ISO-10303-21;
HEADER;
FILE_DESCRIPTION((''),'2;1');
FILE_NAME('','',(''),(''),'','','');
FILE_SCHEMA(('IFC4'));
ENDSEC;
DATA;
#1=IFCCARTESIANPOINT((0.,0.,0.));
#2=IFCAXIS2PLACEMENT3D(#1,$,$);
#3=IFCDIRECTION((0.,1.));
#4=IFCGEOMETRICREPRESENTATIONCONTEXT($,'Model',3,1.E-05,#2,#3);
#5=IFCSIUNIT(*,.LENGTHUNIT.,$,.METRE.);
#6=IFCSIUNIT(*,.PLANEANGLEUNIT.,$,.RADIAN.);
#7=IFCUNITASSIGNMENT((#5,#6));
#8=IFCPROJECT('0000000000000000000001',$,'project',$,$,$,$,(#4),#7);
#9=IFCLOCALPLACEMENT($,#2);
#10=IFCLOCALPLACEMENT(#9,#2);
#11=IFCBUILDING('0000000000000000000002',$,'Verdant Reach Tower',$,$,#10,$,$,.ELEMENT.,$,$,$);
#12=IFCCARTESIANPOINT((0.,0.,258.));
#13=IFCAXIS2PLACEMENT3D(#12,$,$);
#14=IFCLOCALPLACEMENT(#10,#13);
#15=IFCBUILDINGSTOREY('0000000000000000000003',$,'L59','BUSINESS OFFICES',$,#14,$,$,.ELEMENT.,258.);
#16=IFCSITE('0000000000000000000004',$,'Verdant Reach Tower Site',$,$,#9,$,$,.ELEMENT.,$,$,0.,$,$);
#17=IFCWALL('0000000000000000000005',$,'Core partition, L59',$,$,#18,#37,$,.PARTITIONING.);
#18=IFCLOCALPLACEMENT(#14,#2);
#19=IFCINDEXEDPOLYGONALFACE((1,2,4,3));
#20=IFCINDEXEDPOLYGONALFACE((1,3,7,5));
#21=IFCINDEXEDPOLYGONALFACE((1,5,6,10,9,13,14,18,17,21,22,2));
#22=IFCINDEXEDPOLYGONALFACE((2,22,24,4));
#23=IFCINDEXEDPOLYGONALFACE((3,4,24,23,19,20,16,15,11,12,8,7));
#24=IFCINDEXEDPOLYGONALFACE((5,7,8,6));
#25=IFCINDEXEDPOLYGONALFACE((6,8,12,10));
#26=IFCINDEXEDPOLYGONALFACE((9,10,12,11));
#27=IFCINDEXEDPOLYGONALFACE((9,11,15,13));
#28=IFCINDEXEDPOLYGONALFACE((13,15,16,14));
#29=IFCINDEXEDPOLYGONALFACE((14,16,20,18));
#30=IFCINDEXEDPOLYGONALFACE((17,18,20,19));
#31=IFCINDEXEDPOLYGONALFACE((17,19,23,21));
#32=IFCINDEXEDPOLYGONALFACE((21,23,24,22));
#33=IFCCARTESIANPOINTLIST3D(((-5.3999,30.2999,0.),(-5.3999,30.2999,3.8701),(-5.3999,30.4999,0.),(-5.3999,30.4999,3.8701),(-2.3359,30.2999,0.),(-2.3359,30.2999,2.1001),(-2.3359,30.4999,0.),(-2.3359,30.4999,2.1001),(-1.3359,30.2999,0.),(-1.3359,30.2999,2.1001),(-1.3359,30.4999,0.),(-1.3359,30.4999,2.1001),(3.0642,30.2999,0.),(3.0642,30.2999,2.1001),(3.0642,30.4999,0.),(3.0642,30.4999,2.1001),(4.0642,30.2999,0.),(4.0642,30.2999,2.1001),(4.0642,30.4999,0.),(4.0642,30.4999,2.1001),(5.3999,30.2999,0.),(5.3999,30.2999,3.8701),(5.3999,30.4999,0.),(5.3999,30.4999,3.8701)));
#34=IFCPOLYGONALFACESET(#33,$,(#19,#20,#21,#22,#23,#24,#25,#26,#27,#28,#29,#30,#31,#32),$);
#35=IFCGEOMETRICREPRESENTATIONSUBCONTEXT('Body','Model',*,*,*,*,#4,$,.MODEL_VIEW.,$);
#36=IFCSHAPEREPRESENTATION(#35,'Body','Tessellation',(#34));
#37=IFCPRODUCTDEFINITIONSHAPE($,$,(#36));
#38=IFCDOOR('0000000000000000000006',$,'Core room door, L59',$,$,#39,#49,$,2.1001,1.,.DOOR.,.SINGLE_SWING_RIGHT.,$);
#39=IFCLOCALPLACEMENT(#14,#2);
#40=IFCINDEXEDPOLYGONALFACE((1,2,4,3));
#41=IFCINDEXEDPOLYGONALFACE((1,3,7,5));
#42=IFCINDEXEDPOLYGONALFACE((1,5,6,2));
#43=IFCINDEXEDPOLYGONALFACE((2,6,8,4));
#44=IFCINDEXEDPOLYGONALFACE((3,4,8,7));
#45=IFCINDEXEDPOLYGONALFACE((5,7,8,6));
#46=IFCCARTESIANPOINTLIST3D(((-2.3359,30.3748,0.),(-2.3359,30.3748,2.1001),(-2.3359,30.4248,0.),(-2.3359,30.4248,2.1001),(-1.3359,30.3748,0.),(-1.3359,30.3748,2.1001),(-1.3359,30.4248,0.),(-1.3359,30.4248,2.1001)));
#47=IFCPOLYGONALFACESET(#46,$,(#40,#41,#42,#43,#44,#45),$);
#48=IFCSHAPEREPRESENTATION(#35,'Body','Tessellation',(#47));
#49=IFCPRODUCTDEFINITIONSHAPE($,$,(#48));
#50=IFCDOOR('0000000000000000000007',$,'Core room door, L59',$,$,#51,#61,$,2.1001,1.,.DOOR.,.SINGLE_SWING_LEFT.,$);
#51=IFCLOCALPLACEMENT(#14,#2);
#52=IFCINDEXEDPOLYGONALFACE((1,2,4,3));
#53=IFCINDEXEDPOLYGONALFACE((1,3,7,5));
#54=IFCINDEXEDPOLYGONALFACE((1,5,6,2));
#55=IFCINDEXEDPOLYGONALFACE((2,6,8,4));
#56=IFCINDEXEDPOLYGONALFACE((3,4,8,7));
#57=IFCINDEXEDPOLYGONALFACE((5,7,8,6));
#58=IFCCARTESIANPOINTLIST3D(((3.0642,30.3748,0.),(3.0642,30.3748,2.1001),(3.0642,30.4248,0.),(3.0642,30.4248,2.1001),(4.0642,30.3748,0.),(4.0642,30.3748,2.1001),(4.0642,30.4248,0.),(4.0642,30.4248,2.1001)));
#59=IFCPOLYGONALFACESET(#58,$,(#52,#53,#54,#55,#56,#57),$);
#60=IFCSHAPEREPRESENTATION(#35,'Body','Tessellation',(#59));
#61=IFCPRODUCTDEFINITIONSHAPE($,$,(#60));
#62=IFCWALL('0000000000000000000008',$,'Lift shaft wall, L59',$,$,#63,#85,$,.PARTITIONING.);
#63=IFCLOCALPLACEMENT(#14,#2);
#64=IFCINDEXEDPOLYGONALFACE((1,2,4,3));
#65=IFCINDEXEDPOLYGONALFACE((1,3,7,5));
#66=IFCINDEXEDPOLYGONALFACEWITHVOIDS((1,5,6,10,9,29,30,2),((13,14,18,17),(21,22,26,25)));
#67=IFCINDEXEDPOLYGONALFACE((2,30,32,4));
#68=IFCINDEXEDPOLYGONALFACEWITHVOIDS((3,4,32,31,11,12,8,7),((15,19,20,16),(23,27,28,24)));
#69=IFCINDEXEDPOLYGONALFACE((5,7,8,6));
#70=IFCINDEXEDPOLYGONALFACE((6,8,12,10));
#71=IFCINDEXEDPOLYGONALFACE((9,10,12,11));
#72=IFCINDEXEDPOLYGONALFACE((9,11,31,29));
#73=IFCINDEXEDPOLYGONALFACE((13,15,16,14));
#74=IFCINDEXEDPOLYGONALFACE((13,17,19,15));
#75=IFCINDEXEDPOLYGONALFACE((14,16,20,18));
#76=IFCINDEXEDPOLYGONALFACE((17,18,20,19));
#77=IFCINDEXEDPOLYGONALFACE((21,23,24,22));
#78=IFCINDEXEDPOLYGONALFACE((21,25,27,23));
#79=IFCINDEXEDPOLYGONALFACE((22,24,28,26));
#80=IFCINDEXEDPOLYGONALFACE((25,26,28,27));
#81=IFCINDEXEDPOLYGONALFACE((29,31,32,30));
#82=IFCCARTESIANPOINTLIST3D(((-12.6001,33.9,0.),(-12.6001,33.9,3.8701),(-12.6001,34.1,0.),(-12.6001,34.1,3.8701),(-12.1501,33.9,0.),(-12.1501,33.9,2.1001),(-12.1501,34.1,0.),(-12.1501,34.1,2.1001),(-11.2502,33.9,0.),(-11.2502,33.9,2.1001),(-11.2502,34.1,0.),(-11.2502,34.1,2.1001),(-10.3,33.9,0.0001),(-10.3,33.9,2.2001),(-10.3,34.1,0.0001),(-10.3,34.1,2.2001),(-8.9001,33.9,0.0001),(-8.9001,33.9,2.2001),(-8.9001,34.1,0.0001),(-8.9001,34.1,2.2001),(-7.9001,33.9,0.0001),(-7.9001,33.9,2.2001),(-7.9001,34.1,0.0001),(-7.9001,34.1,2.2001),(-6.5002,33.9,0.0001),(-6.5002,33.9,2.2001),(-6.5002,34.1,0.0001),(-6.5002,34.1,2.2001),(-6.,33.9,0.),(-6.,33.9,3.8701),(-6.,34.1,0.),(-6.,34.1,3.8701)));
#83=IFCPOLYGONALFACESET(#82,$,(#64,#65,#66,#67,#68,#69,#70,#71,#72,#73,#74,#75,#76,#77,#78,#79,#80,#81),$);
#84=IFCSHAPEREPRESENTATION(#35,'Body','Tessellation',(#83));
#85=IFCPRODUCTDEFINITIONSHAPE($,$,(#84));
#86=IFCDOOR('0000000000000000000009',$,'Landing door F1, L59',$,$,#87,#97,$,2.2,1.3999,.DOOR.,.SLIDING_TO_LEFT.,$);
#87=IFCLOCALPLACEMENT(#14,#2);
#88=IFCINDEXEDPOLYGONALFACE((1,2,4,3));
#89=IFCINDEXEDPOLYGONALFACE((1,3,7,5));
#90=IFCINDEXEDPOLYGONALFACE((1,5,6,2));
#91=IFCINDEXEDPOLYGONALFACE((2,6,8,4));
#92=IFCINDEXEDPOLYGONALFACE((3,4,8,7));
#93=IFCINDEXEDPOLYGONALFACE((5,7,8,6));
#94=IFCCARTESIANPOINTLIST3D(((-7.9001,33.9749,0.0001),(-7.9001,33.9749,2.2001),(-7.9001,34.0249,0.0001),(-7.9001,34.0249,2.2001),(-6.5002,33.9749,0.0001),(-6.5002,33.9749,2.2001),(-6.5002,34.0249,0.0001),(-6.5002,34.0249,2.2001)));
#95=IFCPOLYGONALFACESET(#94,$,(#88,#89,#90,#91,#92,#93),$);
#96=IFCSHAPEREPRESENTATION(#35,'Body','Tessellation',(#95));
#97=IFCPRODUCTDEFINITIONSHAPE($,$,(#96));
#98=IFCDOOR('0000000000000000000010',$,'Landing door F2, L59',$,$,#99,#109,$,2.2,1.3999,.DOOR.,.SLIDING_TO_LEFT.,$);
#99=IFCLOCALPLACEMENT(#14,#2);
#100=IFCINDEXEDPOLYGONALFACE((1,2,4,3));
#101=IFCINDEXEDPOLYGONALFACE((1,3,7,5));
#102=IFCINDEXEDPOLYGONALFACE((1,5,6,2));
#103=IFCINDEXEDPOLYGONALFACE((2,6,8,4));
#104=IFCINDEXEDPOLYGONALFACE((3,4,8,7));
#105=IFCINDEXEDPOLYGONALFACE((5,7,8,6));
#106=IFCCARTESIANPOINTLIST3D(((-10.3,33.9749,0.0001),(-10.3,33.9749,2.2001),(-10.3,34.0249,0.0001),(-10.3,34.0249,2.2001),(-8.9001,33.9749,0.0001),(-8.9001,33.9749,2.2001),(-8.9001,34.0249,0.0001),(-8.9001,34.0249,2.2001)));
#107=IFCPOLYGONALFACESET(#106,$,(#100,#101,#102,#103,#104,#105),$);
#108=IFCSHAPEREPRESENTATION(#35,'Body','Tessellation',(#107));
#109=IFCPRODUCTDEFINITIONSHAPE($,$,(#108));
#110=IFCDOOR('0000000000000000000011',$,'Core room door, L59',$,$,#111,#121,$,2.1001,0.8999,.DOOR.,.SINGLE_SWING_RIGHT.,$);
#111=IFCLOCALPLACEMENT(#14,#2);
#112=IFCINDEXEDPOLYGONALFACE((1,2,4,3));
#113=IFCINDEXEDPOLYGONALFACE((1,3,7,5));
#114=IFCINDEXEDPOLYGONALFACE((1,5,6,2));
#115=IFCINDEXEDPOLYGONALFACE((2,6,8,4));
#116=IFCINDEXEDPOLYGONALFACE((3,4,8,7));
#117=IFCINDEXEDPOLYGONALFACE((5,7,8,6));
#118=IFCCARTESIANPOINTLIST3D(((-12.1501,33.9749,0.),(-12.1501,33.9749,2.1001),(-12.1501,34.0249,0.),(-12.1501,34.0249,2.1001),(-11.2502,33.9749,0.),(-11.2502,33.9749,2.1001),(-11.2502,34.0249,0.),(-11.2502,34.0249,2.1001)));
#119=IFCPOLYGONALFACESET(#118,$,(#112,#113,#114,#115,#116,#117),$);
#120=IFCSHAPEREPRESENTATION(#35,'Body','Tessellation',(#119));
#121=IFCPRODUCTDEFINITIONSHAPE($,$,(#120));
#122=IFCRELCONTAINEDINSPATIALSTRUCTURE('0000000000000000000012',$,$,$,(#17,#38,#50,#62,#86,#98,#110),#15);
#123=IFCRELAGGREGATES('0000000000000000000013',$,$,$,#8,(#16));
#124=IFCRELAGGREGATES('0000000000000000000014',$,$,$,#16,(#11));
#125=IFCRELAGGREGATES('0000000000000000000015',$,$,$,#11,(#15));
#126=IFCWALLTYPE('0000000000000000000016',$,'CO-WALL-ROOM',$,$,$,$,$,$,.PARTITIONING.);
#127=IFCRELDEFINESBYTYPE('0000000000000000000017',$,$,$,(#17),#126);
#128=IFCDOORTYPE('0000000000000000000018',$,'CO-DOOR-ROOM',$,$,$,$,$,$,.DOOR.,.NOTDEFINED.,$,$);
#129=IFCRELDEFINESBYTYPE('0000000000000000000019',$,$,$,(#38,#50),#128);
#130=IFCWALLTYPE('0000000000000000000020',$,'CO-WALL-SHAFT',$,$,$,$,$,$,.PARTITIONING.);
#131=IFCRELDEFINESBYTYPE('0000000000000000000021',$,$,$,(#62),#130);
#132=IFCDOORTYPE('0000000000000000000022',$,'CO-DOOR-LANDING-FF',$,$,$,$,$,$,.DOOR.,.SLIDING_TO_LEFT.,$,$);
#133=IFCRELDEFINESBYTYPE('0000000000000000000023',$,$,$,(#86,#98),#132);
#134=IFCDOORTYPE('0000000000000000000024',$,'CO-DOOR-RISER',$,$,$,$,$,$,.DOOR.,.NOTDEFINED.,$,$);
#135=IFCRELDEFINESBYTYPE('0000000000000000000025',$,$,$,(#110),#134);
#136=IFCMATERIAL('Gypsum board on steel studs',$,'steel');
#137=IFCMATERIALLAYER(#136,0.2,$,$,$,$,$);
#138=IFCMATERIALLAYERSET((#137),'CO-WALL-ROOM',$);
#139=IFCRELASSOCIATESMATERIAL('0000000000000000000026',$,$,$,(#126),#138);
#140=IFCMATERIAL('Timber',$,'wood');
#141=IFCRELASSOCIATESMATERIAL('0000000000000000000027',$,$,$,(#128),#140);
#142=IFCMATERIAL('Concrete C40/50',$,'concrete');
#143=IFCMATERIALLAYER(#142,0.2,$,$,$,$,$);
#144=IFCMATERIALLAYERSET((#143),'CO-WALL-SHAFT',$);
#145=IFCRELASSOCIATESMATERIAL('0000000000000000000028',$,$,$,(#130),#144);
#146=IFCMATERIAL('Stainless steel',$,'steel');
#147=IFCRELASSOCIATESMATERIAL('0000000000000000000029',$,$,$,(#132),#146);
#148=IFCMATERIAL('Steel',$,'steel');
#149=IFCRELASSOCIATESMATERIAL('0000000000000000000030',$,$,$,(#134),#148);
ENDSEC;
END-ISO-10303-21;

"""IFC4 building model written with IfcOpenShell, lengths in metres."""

from ifc_helpers import new_model, si_unit, direction, frame, frame_2d, origin, place, context, subcontext, project, spatial, rectangle, extrude, material, layer, layer_set, type_object, element, fill, save


model = new_model("IFC4")

# Units and contexts
model_context = context("Model", 3, precision=1e-05, world=origin(), true_north=direction((0.0, 1.0)))
body_context = subcontext(model_context, "Body", "Model", "MODEL_VIEW")
ifc_project = project(units=[si_unit("LENGTHUNIT", "METRE"), si_unit("PLANEANGLEUNIT", "RADIAN")], contexts=[model_context])

# Site, building, storey
site_placement = place(None, origin())
site = spatial("IfcSite", under=ifc_project, at=site_placement, Name="Verdant Reach Tower Site", CompositionType="ELEMENT", RefElevation=0.0)
building_placement = place(site_placement, origin())
building = spatial("IfcBuilding", under=site, at=building_placement, Name="Verdant Reach Tower", CompositionType="ELEMENT")
storey_placement = place(building_placement, frame((0.0, 0.0, 258.0)))
storey = spatial("IfcBuildingStorey", under=building, at=storey_placement, Name="L59", Description="BUSINESS OFFICES", CompositionType="ELEMENT", Elevation=258.0)

# Walls, openings, doors
ifc_material_1 = material(Name="Gypsum board on steel studs", Category="steel")
ifc_layer_1 = layer(ifc_material_1, 0.2)
ifc_layer_set_1 = layer_set([ifc_layer_1], Name="CO-WALL-ROOM")
wall_type_1 = type_object("IfcWallType", Name="CO-WALL-ROOM", PredefinedType="PARTITIONING", material=ifc_layer_set_1)
wall_1_placement = place(storey_placement, frame((-5.3999, 30.3999, 0.0), z_axis=(0.0, 0.0, 1.0), x_axis=(1.0, 0.0, 0.0)))
wall_1 = element("IfcWall", 1, at=wall_1_placement, inside=storey, type_object=wall_type_1, Name="Core partition, L59", PredefinedType="PARTITIONING", context=body_context, shape_type="SweptSolid", body=[
    extrude(rectangle(XDim=10.7998, YDim=0.2, at=frame_2d((5.3999, 0.0))), origin(), (0.0, 0.0, 1.0), 3.8701),
])
opening_1_placement = place(wall_1_placement, frame((3.064, 0.0, 0.0)))
opening_1 = element("IfcOpeningElement", 2, at=opening_1_placement, cuts=wall_1, PredefinedType="OPENING", context=body_context, shape_type="SweptSolid", body=[
    extrude(rectangle(XDim=1.0, YDim=2.1001, at=frame_2d((0.5, 1.05))), frame((0.0, 0.1099, 0.0), z_axis=(0.0, -1.0, 0.0), x_axis=(1.0, 0.0, 0.0)), (0.0, 0.0, 1.0), 0.22),
])
opening_2_placement = place(wall_1_placement, frame((8.4641, 0.0, 0.0)))
opening_2 = element("IfcOpeningElement", 3, at=opening_2_placement, cuts=wall_1, PredefinedType="OPENING", context=body_context, shape_type="SweptSolid", body=[
    extrude(rectangle(XDim=1.0, YDim=2.1001, at=frame_2d((0.5, 1.05))), frame((0.0, 0.1099, 0.0), z_axis=(0.0, -1.0, 0.0), x_axis=(1.0, 0.0, 0.0)), (0.0, 0.0, 1.0), 0.22),
])
ifc_material_2 = material(Name="Timber", Category="wood")
door_type_1 = type_object("IfcDoorType", Name="CO-DOOR-ROOM", OperationType="NOTDEFINED", PredefinedType="DOOR", material=ifc_material_2)
door_1_placement = place(opening_1_placement, origin())
door_1 = element("IfcDoor", 4, at=door_1_placement, inside=storey, type_object=door_type_1, Name="Core room door, L59", OperationType="SINGLE_SWING_RIGHT", OverallHeight=2.1001, OverallWidth=1.0, PredefinedType="DOOR", context=body_context, shape_type="SweptSolid", body=[
    extrude(rectangle(XDim=1.0, YDim=2.1001, at=frame_2d((0.5, 1.05))), frame((0.0, 0.0249, 0.0), z_axis=(0.0, -1.0, 0.0), x_axis=(1.0, 0.0, 0.0)), (0.0, 0.0, 1.0), 0.05),
])
fill(opening_1, door_1)
door_2_placement = place(opening_2_placement, origin())
door_2 = element("IfcDoor", 5, at=door_2_placement, inside=storey, type_object=door_type_1, Name="Core room door, L59", OperationType="SINGLE_SWING_LEFT", OverallHeight=2.1001, OverallWidth=1.0, PredefinedType="DOOR", context=body_context, shape_type="SweptSolid", body=[
    extrude(rectangle(XDim=1.0, YDim=2.1001, at=frame_2d((0.5, 1.05))), frame((0.0, 0.0249, 0.0), z_axis=(0.0, -1.0, 0.0), x_axis=(1.0, 0.0, 0.0)), (0.0, 0.0, 1.0), 0.05),
])
fill(opening_2, door_2)
ifc_material_3 = material(Name="Concrete C40/50", Category="concrete")
ifc_layer_2 = layer(ifc_material_3, 0.2)
ifc_layer_set_2 = layer_set([ifc_layer_2], Name="CO-WALL-SHAFT")
wall_type_2 = type_object("IfcWallType", Name="CO-WALL-SHAFT", PredefinedType="PARTITIONING", material=ifc_layer_set_2)
wall_2_placement = place(storey_placement, frame((-12.6001, 34.0, 0.0), z_axis=(0.0, 0.0, 1.0), x_axis=(1.0, 0.0, 0.0)))
wall_2 = element("IfcWall", 6, at=wall_2_placement, inside=storey, type_object=wall_type_2, Name="Lift shaft wall, L59", PredefinedType="PARTITIONING", context=body_context, shape_type="SweptSolid", body=[
    extrude(rectangle(XDim=6.6001, YDim=0.2, at=frame_2d((3.3, 0.0))), origin(), (0.0, 0.0, 1.0), 3.8701),
])
opening_3_placement = place(wall_2_placement, frame((4.7, 0.0, 0.0)))
opening_3 = element("IfcOpeningElement", 7, at=opening_3_placement, cuts=wall_2, PredefinedType="OPENING", context=body_context, shape_type="SweptSolid", body=[
    extrude(rectangle(XDim=1.3999, YDim=2.2, at=frame_2d((0.7, 1.1001))), frame((0.0, 0.1099, 0.0), z_axis=(0.0, -1.0, 0.0), x_axis=(1.0, 0.0, 0.0)), (0.0, 0.0, 1.0), 0.22),
])
opening_4_placement = place(wall_2_placement, frame((2.3, 0.0, 0.0)))
opening_4 = element("IfcOpeningElement", 8, at=opening_4_placement, cuts=wall_2, PredefinedType="OPENING", context=body_context, shape_type="SweptSolid", body=[
    extrude(rectangle(XDim=1.3999, YDim=2.2, at=frame_2d((0.7, 1.1001))), frame((0.0, 0.1099, 0.0), z_axis=(0.0, -1.0, 0.0), x_axis=(1.0, 0.0, 0.0)), (0.0, 0.0, 1.0), 0.22),
])
opening_5_placement = place(wall_2_placement, frame((0.45, 0.0, 0.0)))
opening_5 = element("IfcOpeningElement", 9, at=opening_5_placement, cuts=wall_2, PredefinedType="OPENING", context=body_context, shape_type="SweptSolid", body=[
    extrude(rectangle(XDim=0.8999, YDim=2.1001, at=frame_2d((0.45, 1.05))), frame((0.0, 0.1099, 0.0), z_axis=(0.0, -1.0, 0.0), x_axis=(1.0, 0.0, 0.0)), (0.0, 0.0, 1.0), 0.22),
])
ifc_material_4 = material(Name="Stainless steel", Category="steel")
door_type_2 = type_object("IfcDoorType", Name="CO-DOOR-LANDING-FF", OperationType="SLIDING_TO_LEFT", PredefinedType="DOOR", material=ifc_material_4)
door_3_placement = place(opening_3_placement, origin())
door_3 = element("IfcDoor", 10, at=door_3_placement, inside=storey, type_object=door_type_2, Name="Landing door F1, L59", OperationType="SLIDING_TO_LEFT", OverallHeight=2.2, OverallWidth=1.3999, PredefinedType="DOOR", context=body_context, shape_type="SweptSolid", body=[
    extrude(rectangle(XDim=1.3999, YDim=2.2, at=frame_2d((0.7, 1.1001))), frame((0.0, 0.0249, 0.0), z_axis=(0.0, -1.0, 0.0), x_axis=(1.0, 0.0, 0.0)), (0.0, 0.0, 1.0), 0.05),
])
fill(opening_3, door_3)
door_4_placement = place(opening_4_placement, origin())
door_4 = element("IfcDoor", 11, at=door_4_placement, inside=storey, type_object=door_type_2, Name="Landing door F2, L59", OperationType="SLIDING_TO_LEFT", OverallHeight=2.2, OverallWidth=1.3999, PredefinedType="DOOR", context=body_context, shape_type="SweptSolid", body=[
    extrude(rectangle(XDim=1.3999, YDim=2.2, at=frame_2d((0.7, 1.1001))), frame((0.0, 0.0249, 0.0), z_axis=(0.0, -1.0, 0.0), x_axis=(1.0, 0.0, 0.0)), (0.0, 0.0, 1.0), 0.05),
])
fill(opening_4, door_4)
ifc_material_5 = material(Name="Steel", Category="steel")
door_type_3 = type_object("IfcDoorType", Name="CO-DOOR-RISER", OperationType="NOTDEFINED", PredefinedType="DOOR", material=ifc_material_5)
door_5_placement = place(opening_5_placement, origin())
door_5 = element("IfcDoor", 12, at=door_5_placement, inside=storey, type_object=door_type_3, Name="Core room door, L59", OperationType="SINGLE_SWING_RIGHT", OverallHeight=2.1001, OverallWidth=0.8999, PredefinedType="DOOR", context=body_context, shape_type="SweptSolid", body=[
    extrude(rectangle(XDim=0.8999, YDim=2.1001, at=frame_2d((0.45, 1.05))), frame((0.0, 0.0249, 0.0), z_axis=(0.0, -1.0, 0.0), x_axis=(1.0, 0.0, 0.0)), (0.0, 0.0, 1.0), 0.05),
])
fill(opening_5, door_5)

save(model, "model.ifc")
